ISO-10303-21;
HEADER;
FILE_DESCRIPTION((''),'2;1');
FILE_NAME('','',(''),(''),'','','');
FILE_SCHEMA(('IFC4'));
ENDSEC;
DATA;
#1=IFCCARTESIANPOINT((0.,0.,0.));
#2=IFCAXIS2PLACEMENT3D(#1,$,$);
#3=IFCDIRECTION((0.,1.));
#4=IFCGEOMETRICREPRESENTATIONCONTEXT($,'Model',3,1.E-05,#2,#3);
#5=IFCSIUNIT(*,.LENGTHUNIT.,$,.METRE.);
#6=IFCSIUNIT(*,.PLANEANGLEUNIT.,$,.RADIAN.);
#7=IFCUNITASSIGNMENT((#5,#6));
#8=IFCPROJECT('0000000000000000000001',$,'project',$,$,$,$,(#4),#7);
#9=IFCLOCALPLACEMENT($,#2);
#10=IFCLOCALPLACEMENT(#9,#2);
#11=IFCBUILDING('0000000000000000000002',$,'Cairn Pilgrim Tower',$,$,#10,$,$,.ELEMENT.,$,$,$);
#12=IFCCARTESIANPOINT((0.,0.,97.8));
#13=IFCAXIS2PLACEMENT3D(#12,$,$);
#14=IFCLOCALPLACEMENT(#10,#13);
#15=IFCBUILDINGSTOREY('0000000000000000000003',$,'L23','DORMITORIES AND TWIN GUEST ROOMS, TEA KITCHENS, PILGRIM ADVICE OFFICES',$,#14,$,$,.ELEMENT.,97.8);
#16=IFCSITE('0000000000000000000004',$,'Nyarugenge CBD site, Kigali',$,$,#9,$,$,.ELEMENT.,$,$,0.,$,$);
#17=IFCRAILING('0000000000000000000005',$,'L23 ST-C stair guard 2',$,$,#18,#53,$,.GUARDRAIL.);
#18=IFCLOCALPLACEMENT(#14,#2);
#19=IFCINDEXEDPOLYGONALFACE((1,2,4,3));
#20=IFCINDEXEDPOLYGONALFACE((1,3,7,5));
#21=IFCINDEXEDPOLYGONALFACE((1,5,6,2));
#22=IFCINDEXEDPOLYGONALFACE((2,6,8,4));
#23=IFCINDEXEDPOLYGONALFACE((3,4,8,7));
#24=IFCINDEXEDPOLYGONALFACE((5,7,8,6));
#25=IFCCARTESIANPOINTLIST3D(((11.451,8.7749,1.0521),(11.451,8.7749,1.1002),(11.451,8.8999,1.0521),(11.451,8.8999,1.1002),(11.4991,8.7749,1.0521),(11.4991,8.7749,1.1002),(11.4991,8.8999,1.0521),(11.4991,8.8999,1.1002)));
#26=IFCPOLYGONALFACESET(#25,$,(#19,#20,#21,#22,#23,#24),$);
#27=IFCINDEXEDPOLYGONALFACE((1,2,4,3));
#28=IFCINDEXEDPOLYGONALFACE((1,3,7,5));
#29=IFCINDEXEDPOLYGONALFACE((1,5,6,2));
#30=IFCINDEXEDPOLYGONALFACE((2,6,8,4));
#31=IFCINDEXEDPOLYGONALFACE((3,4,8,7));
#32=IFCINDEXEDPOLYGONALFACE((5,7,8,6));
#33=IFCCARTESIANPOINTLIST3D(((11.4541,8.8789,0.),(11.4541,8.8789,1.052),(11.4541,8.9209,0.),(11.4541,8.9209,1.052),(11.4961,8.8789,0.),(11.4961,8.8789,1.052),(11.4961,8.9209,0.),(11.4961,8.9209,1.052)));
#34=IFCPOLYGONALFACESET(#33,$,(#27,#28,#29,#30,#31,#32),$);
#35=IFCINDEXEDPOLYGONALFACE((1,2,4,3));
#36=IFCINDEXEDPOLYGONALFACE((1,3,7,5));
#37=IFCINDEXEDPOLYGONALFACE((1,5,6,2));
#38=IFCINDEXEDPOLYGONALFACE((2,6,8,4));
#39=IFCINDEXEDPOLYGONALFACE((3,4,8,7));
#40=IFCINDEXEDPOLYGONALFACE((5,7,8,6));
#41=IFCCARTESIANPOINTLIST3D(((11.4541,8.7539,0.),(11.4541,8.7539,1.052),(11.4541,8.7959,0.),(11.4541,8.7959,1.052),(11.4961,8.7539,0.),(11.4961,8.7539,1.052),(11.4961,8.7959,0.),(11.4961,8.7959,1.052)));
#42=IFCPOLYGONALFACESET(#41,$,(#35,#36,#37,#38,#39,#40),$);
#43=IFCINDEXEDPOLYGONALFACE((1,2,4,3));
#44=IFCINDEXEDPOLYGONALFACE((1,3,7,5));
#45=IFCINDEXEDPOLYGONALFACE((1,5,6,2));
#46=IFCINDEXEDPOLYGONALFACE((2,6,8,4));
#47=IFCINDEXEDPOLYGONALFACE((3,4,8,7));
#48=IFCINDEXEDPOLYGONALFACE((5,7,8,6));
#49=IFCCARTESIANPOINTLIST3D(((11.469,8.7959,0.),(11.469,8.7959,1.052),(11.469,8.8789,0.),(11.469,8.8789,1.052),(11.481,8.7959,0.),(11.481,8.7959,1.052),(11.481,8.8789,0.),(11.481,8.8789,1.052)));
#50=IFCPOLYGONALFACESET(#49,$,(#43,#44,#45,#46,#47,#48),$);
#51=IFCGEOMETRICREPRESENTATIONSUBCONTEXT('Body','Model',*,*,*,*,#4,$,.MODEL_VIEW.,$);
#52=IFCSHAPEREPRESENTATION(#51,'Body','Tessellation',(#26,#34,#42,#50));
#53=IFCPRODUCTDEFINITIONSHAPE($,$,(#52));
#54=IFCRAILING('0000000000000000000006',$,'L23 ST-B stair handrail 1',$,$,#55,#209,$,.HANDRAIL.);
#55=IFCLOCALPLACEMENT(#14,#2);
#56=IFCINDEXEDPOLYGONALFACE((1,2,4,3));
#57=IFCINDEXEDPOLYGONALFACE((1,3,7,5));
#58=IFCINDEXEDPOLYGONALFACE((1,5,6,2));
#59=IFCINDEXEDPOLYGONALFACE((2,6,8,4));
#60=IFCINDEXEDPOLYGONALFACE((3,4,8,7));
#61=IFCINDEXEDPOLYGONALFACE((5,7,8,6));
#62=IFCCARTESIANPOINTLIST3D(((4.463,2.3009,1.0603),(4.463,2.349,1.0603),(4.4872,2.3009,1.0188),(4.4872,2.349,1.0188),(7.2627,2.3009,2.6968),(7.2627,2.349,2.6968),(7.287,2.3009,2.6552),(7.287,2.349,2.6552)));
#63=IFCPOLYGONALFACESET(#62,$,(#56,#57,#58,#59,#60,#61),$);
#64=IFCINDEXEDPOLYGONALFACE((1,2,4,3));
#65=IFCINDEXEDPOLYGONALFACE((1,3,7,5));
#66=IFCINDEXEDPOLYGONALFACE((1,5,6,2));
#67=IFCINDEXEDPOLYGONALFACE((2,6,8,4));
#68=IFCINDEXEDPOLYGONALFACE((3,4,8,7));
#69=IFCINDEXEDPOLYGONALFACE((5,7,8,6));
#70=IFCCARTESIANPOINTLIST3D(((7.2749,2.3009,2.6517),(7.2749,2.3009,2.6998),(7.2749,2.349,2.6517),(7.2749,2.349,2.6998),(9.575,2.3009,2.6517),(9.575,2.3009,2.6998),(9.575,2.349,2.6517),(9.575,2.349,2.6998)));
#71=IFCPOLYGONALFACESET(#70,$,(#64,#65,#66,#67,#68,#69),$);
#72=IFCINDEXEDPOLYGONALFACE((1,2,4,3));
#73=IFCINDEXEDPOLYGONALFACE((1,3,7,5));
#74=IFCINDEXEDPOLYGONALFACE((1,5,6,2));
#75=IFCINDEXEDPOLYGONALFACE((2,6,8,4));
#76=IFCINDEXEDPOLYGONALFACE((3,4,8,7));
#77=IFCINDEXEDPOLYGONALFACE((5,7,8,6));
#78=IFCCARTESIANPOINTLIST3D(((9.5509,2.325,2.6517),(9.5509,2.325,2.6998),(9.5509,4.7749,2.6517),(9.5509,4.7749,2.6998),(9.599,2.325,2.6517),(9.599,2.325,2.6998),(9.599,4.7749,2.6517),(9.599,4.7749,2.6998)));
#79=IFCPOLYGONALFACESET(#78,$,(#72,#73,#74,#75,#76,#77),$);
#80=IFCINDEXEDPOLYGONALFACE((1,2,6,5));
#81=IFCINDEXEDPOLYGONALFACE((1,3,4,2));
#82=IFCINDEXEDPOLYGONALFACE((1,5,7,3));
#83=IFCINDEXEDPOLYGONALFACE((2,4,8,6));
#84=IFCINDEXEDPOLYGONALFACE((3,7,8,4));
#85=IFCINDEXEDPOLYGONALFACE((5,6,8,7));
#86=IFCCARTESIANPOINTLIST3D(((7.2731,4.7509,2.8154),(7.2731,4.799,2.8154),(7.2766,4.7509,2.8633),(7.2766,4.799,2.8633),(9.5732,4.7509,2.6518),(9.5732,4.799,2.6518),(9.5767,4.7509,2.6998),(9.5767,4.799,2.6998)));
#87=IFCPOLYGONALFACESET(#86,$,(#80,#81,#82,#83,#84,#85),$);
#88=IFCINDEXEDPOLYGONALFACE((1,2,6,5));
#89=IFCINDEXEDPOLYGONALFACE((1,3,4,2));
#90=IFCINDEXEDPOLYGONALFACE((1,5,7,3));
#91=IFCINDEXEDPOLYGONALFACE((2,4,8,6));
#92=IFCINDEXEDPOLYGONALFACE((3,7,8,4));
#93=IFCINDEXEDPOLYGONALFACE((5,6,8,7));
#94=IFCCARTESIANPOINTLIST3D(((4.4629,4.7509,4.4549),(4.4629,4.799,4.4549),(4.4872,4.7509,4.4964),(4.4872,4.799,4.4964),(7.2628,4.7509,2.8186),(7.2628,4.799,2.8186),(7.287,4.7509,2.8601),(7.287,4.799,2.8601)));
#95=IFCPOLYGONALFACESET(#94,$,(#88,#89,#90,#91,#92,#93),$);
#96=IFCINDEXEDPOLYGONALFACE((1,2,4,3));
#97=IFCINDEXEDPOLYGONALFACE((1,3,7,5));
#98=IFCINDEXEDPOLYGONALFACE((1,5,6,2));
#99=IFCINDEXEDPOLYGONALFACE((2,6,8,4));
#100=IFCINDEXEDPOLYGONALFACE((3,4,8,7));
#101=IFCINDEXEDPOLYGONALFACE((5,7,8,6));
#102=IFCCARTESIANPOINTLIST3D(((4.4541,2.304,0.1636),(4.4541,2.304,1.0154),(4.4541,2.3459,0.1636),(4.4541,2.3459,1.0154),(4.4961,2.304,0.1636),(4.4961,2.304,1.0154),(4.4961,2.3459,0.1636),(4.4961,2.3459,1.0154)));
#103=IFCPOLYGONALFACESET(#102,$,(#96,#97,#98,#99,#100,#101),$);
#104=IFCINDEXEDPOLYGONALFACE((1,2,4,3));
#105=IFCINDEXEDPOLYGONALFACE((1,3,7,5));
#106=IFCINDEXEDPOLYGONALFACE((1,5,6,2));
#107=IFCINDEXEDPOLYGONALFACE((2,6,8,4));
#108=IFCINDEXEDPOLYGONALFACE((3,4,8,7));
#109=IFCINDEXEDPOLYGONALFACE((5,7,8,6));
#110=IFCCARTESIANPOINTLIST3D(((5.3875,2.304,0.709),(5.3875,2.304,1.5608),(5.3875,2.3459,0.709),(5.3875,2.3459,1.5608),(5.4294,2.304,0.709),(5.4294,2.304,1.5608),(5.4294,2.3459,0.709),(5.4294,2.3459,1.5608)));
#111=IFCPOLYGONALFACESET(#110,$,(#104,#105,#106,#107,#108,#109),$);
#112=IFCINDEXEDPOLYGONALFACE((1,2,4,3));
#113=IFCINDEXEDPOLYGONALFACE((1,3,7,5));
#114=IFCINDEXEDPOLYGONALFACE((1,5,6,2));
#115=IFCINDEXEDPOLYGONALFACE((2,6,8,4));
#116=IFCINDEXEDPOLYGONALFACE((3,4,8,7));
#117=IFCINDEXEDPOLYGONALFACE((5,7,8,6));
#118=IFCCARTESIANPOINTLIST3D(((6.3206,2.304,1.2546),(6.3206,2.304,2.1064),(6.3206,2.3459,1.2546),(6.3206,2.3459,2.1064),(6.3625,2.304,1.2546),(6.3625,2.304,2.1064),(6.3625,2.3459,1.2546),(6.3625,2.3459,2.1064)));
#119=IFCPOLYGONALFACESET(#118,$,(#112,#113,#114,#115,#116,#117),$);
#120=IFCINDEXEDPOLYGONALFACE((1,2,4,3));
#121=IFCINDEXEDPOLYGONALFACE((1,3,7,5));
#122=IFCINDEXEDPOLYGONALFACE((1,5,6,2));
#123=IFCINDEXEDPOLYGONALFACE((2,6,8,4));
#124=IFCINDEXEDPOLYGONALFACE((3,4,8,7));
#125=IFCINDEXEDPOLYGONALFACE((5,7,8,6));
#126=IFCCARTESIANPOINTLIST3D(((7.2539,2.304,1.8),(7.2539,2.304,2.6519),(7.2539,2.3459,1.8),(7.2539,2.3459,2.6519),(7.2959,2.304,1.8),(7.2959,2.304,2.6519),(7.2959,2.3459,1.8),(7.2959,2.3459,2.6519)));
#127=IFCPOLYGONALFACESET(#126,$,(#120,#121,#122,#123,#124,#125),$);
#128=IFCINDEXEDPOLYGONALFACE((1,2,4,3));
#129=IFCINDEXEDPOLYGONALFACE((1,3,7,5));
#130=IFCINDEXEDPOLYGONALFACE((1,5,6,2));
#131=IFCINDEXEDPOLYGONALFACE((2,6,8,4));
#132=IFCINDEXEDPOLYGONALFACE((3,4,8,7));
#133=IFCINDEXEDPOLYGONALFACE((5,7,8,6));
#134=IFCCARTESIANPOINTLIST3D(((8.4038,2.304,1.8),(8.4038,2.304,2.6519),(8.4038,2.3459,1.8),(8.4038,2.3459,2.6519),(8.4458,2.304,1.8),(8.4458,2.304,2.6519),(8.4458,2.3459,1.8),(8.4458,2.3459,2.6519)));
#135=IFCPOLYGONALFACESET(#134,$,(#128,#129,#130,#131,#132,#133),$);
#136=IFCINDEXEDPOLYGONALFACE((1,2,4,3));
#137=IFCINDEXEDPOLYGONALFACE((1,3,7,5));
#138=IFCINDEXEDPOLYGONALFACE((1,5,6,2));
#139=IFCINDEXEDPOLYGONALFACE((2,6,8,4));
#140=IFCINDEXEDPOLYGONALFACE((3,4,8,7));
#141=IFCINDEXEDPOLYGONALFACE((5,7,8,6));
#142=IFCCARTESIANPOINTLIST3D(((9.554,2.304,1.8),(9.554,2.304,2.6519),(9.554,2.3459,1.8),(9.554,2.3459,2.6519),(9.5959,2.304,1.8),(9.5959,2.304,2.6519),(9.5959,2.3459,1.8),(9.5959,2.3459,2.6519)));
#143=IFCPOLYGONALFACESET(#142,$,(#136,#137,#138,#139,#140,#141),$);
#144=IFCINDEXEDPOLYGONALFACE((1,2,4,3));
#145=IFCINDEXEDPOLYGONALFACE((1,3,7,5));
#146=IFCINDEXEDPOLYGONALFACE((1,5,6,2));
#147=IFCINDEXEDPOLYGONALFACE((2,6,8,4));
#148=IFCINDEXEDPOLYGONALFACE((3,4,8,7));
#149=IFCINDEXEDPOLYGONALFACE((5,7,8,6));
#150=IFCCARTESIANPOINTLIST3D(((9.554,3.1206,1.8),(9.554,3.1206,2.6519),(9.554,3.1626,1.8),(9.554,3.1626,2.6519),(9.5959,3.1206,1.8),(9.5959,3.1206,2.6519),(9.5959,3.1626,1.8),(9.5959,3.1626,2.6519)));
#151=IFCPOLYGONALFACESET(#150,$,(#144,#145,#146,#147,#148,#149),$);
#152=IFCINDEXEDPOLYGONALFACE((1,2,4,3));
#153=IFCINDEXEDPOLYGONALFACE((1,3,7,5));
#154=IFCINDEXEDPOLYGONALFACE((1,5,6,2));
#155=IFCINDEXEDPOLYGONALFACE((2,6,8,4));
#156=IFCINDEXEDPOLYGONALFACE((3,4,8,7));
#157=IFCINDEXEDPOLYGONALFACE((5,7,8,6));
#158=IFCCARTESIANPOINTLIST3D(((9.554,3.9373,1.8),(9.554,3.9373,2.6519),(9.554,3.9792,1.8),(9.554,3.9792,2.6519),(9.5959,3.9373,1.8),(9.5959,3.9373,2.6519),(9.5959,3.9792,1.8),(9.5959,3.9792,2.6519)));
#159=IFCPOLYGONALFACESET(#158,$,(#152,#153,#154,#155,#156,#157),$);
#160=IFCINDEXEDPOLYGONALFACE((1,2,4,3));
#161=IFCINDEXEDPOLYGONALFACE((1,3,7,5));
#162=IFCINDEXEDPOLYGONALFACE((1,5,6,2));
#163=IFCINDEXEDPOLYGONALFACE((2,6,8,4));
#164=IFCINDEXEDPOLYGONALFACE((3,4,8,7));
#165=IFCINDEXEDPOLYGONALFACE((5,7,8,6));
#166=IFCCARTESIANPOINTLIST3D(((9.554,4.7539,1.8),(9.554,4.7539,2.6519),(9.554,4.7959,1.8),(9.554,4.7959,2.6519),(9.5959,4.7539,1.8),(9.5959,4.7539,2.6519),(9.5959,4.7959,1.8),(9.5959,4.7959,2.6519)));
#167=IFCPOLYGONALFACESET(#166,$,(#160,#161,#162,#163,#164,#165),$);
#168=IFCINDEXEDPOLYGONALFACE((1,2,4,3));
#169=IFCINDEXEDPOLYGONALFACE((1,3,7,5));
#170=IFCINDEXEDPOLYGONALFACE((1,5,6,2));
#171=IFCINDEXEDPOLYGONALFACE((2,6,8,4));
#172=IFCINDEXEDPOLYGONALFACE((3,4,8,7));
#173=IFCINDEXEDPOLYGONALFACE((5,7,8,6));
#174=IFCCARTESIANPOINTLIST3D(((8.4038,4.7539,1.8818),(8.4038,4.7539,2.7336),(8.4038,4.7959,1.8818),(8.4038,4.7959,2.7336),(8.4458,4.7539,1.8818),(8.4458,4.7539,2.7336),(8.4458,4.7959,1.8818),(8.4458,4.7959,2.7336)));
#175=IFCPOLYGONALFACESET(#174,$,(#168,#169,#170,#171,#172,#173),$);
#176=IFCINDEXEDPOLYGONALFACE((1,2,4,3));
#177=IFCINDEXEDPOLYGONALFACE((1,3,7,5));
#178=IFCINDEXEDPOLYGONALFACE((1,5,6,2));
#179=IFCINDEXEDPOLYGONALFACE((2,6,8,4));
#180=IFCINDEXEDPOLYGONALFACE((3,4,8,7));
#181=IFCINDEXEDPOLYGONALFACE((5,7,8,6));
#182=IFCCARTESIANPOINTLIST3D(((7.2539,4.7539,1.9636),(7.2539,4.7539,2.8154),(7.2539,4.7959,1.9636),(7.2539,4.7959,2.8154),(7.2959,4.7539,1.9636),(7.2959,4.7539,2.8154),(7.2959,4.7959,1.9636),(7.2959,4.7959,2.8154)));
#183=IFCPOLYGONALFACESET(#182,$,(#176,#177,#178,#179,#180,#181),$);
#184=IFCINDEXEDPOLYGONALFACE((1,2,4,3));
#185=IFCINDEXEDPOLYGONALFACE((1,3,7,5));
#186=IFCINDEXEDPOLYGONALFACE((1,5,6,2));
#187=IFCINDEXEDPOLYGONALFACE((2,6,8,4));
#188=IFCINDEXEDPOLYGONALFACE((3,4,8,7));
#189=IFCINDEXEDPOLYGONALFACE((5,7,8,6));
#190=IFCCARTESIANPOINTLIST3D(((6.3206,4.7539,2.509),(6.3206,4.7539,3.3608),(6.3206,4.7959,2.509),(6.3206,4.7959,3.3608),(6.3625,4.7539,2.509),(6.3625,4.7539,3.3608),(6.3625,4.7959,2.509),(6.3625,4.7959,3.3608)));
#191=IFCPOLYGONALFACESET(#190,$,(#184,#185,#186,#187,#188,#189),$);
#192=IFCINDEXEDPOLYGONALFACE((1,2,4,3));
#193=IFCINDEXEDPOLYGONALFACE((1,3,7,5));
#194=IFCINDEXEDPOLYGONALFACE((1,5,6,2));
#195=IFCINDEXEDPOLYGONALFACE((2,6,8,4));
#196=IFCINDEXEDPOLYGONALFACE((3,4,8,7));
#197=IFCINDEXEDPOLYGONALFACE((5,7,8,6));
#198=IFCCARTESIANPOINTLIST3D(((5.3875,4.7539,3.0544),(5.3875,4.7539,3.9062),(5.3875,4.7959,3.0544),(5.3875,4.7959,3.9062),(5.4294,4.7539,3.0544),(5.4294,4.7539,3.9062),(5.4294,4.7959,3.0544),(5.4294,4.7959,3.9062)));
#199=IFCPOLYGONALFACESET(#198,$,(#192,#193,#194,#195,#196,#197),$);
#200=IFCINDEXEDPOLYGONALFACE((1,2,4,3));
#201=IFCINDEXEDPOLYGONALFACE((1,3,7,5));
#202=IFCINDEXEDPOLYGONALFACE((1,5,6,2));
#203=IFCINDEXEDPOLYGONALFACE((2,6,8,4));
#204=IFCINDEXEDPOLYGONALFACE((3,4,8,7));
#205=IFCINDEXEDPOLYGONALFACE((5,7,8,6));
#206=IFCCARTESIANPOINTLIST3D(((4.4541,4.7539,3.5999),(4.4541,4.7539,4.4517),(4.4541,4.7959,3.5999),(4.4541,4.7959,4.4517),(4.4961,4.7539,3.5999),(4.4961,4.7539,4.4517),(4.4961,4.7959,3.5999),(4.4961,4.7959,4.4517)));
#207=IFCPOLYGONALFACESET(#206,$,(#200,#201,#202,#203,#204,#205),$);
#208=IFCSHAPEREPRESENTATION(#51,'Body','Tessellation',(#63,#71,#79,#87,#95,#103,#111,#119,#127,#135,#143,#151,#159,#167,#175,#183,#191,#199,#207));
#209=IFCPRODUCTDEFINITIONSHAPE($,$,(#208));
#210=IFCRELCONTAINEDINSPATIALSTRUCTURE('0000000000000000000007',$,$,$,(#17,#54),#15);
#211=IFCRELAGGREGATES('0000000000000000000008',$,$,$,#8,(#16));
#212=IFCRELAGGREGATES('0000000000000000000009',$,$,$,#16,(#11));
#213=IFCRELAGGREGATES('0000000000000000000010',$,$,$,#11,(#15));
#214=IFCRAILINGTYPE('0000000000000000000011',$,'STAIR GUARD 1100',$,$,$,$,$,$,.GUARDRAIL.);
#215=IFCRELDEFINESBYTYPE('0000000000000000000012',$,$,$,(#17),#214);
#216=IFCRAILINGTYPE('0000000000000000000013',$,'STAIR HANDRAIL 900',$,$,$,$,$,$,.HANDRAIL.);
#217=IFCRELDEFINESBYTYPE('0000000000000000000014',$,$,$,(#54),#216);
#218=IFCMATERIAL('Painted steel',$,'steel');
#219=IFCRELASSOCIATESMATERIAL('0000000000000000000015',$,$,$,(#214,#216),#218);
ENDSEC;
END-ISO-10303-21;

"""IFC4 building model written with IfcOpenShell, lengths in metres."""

from ifc_helpers import new_model, si_unit, direction, frame, origin, origin_2d, place, context, subcontext, project, spatial, polyline, rectangle, outline, extrude, material, type_object, element, save


model = new_model("IFC4")

# Units and contexts
model_context = context("Model", 3, precision=1e-05, world=origin(), true_north=direction((0.0, 1.0)))
body_context = subcontext(model_context, "Body", "Model", "MODEL_VIEW")
ifc_project = project(units=[si_unit("LENGTHUNIT", "METRE"), si_unit("PLANEANGLEUNIT", "RADIAN")], contexts=[model_context])

# Site, building, storey
site_placement = place(None, origin())
site = spatial("IfcSite", under=ifc_project, at=site_placement, Name="Nyarugenge CBD site, Kigali", CompositionType="ELEMENT", RefElevation=0.0)
building_placement = place(site_placement, origin())
building = spatial("IfcBuilding", under=site, at=building_placement, Name="Cairn Pilgrim Tower", CompositionType="ELEMENT")
storey_placement = place(building_placement, frame((0.0, 0.0, 97.8)))
storey = spatial("IfcBuildingStorey", under=building, at=storey_placement, Name="L23", Description="DORMITORIES AND TWIN GUEST ROOMS, TEA KITCHENS, PILGRIM ADVICE OFFICES", CompositionType="ELEMENT", Elevation=97.8)

# Shared definitions
ifc_material_1 = material(Name="Painted steel", Category="steel")

# Railings
railing_type_1 = type_object("IfcRailingType", Name="STAIR GUARD 1100", PredefinedType="GUARDRAIL", material=ifc_material_1)
railing_1_placement = place(storey_placement, frame((11.4751, 8.8999, 0.0)))
element("IfcRailing", 1, at=railing_1_placement, inside=storey, type_object=railing_type_1, Name="L23 ST-C stair guard 2", PredefinedType="GUARDRAIL", context=body_context, shape_type="SweptSolid", body=[
    extrude(rectangle(XDim=0.0481, YDim=0.0481, at=origin_2d()), frame((0.0, 0.0, 1.0762), z_axis=(0.0, -1.0, 0.0), x_axis=(1.0, 0.0, 0.0)), (0.0, 0.0, 1.0), 0.125),
    extrude(rectangle(XDim=0.042, YDim=0.042, at=origin_2d()), origin(), (0.0, 0.0, 1.0), 1.052),
    extrude(rectangle(XDim=0.042, YDim=0.042, at=origin_2d()), frame((0.0, -0.125, 0.0)), (0.0, 0.0, 1.0), 1.052),
    extrude(outline(polyline([(0.021, 0.0), (0.104, 0.0), (0.104, 1.052), (0.021, 1.052), (0.021, 0.0)])), frame((0.0059, 0.0, 0.0), z_axis=(-1.0, 0.0, 0.0), x_axis=(0.0, -1.0, 0.0)), (0.0, 0.0, 1.0), 0.012),
])
railing_type_2 = type_object("IfcRailingType", Name="STAIR HANDRAIL 900", PredefinedType="HANDRAIL", material=ifc_material_1)
railing_2_placement = place(storey_placement, frame((4.4751, 2.325, 0.1636)))
element("IfcRailing", 2, at=railing_2_placement, inside=storey, type_object=railing_type_2, Name="L23 ST-B stair handrail 1", PredefinedType="HANDRAIL", context=body_context, shape_type="SweptSolid", body=[
    extrude(rectangle(XDim=0.0481, YDim=0.0481, at=origin_2d()), frame((0.0, 0.0, 0.876), z_axis=(0.863342, 0.0, 0.50462), x_axis=(0.0, 1.0, 0.0)), (0.0, 0.0, 1.0), 3.2429),
    extrude(rectangle(XDim=0.0481, YDim=0.0481, at=origin_2d()), frame((2.7998, 0.0, 2.5122), z_axis=(1.0, 0.0, 0.0), x_axis=(0.0, 1.0, 0.0)), (0.0, 0.0, 1.0), 2.3),
    extrude(rectangle(XDim=0.0481, YDim=0.0481, at=origin_2d()), frame((5.0999, 0.0, 2.5122), z_axis=(0.0, 1.0, 0.0), x_axis=(-1.0, 0.0, 0.0)), (0.0, 0.0, 1.0), 2.45),
    extrude(rectangle(XDim=0.0481, YDim=0.0481, at=origin_2d()), frame((5.0999, 2.45, 2.5122), z_axis=(-0.997481, 0.0, 0.070939), x_axis=(0.0, -1.0, 0.0)), (0.0, 0.0, 1.0), 2.3059),
    extrude(rectangle(XDim=0.0481, YDim=0.0481, at=origin_2d()), frame((2.7998, 2.45, 2.6758), z_axis=(-0.863374, 0.0, 0.504564), x_axis=(0.0, -1.0, 0.0)), (0.0, 0.0, 1.0), 3.2429),
    extrude(rectangle(XDim=0.042, YDim=0.042, at=origin_2d()), origin(), (0.0, 0.0, 1.0), 0.8518),
    extrude(rectangle(XDim=0.042, YDim=0.042, at=origin_2d()), frame((0.9333, 0.0, 0.5454)), (0.0, 0.0, 1.0), 0.8518),
    extrude(rectangle(XDim=0.042, YDim=0.042, at=origin_2d()), frame((1.8665, 0.0, 1.0911)), (0.0, 0.0, 1.0), 0.8518),
    extrude(rectangle(XDim=0.042, YDim=0.042, at=origin_2d()), frame((2.7998, 0.0, 1.6365)), (0.0, 0.0, 1.0), 0.8518),
    extrude(rectangle(XDim=0.042, YDim=0.042, at=origin_2d()), frame((3.9497, 0.0, 1.6365)), (0.0, 0.0, 1.0), 0.8518),
    extrude(rectangle(XDim=0.042, YDim=0.042, at=origin_2d()), frame((5.0999, 0.0, 1.6365)), (0.0, 0.0, 1.0), 0.8518),
    extrude(rectangle(XDim=0.042, YDim=0.042, at=origin_2d()), frame((5.0999, 0.8167, 1.6365)), (0.0, 0.0, 1.0), 0.8518),
    extrude(rectangle(XDim=0.042, YDim=0.042, at=origin_2d()), frame((5.0999, 1.6333, 1.6365)), (0.0, 0.0, 1.0), 0.8518),
    extrude(rectangle(XDim=0.042, YDim=0.042, at=origin_2d()), frame((5.0999, 2.45, 1.6365)), (0.0, 0.0, 1.0), 0.8518),
    extrude(rectangle(XDim=0.042, YDim=0.042, at=origin_2d()), frame((3.9497, 2.45, 1.7183)), (0.0, 0.0, 1.0), 0.8518),
    extrude(rectangle(XDim=0.042, YDim=0.042, at=origin_2d()), frame((2.7998, 2.45, 1.8)), (0.0, 0.0, 1.0), 0.8518),
    extrude(rectangle(XDim=0.042, YDim=0.042, at=origin_2d()), frame((1.8665, 2.45, 2.3455)), (0.0, 0.0, 1.0), 0.8518),
    extrude(rectangle(XDim=0.042, YDim=0.042, at=origin_2d()), frame((0.9333, 2.45, 2.8909)), (0.0, 0.0, 1.0), 0.8518),
    extrude(rectangle(XDim=0.042, YDim=0.042, at=origin_2d()), frame((0.0, 2.45, 3.4363)), (0.0, 0.0, 1.0), 0.8518),
])

save(model, "model.ifc")
